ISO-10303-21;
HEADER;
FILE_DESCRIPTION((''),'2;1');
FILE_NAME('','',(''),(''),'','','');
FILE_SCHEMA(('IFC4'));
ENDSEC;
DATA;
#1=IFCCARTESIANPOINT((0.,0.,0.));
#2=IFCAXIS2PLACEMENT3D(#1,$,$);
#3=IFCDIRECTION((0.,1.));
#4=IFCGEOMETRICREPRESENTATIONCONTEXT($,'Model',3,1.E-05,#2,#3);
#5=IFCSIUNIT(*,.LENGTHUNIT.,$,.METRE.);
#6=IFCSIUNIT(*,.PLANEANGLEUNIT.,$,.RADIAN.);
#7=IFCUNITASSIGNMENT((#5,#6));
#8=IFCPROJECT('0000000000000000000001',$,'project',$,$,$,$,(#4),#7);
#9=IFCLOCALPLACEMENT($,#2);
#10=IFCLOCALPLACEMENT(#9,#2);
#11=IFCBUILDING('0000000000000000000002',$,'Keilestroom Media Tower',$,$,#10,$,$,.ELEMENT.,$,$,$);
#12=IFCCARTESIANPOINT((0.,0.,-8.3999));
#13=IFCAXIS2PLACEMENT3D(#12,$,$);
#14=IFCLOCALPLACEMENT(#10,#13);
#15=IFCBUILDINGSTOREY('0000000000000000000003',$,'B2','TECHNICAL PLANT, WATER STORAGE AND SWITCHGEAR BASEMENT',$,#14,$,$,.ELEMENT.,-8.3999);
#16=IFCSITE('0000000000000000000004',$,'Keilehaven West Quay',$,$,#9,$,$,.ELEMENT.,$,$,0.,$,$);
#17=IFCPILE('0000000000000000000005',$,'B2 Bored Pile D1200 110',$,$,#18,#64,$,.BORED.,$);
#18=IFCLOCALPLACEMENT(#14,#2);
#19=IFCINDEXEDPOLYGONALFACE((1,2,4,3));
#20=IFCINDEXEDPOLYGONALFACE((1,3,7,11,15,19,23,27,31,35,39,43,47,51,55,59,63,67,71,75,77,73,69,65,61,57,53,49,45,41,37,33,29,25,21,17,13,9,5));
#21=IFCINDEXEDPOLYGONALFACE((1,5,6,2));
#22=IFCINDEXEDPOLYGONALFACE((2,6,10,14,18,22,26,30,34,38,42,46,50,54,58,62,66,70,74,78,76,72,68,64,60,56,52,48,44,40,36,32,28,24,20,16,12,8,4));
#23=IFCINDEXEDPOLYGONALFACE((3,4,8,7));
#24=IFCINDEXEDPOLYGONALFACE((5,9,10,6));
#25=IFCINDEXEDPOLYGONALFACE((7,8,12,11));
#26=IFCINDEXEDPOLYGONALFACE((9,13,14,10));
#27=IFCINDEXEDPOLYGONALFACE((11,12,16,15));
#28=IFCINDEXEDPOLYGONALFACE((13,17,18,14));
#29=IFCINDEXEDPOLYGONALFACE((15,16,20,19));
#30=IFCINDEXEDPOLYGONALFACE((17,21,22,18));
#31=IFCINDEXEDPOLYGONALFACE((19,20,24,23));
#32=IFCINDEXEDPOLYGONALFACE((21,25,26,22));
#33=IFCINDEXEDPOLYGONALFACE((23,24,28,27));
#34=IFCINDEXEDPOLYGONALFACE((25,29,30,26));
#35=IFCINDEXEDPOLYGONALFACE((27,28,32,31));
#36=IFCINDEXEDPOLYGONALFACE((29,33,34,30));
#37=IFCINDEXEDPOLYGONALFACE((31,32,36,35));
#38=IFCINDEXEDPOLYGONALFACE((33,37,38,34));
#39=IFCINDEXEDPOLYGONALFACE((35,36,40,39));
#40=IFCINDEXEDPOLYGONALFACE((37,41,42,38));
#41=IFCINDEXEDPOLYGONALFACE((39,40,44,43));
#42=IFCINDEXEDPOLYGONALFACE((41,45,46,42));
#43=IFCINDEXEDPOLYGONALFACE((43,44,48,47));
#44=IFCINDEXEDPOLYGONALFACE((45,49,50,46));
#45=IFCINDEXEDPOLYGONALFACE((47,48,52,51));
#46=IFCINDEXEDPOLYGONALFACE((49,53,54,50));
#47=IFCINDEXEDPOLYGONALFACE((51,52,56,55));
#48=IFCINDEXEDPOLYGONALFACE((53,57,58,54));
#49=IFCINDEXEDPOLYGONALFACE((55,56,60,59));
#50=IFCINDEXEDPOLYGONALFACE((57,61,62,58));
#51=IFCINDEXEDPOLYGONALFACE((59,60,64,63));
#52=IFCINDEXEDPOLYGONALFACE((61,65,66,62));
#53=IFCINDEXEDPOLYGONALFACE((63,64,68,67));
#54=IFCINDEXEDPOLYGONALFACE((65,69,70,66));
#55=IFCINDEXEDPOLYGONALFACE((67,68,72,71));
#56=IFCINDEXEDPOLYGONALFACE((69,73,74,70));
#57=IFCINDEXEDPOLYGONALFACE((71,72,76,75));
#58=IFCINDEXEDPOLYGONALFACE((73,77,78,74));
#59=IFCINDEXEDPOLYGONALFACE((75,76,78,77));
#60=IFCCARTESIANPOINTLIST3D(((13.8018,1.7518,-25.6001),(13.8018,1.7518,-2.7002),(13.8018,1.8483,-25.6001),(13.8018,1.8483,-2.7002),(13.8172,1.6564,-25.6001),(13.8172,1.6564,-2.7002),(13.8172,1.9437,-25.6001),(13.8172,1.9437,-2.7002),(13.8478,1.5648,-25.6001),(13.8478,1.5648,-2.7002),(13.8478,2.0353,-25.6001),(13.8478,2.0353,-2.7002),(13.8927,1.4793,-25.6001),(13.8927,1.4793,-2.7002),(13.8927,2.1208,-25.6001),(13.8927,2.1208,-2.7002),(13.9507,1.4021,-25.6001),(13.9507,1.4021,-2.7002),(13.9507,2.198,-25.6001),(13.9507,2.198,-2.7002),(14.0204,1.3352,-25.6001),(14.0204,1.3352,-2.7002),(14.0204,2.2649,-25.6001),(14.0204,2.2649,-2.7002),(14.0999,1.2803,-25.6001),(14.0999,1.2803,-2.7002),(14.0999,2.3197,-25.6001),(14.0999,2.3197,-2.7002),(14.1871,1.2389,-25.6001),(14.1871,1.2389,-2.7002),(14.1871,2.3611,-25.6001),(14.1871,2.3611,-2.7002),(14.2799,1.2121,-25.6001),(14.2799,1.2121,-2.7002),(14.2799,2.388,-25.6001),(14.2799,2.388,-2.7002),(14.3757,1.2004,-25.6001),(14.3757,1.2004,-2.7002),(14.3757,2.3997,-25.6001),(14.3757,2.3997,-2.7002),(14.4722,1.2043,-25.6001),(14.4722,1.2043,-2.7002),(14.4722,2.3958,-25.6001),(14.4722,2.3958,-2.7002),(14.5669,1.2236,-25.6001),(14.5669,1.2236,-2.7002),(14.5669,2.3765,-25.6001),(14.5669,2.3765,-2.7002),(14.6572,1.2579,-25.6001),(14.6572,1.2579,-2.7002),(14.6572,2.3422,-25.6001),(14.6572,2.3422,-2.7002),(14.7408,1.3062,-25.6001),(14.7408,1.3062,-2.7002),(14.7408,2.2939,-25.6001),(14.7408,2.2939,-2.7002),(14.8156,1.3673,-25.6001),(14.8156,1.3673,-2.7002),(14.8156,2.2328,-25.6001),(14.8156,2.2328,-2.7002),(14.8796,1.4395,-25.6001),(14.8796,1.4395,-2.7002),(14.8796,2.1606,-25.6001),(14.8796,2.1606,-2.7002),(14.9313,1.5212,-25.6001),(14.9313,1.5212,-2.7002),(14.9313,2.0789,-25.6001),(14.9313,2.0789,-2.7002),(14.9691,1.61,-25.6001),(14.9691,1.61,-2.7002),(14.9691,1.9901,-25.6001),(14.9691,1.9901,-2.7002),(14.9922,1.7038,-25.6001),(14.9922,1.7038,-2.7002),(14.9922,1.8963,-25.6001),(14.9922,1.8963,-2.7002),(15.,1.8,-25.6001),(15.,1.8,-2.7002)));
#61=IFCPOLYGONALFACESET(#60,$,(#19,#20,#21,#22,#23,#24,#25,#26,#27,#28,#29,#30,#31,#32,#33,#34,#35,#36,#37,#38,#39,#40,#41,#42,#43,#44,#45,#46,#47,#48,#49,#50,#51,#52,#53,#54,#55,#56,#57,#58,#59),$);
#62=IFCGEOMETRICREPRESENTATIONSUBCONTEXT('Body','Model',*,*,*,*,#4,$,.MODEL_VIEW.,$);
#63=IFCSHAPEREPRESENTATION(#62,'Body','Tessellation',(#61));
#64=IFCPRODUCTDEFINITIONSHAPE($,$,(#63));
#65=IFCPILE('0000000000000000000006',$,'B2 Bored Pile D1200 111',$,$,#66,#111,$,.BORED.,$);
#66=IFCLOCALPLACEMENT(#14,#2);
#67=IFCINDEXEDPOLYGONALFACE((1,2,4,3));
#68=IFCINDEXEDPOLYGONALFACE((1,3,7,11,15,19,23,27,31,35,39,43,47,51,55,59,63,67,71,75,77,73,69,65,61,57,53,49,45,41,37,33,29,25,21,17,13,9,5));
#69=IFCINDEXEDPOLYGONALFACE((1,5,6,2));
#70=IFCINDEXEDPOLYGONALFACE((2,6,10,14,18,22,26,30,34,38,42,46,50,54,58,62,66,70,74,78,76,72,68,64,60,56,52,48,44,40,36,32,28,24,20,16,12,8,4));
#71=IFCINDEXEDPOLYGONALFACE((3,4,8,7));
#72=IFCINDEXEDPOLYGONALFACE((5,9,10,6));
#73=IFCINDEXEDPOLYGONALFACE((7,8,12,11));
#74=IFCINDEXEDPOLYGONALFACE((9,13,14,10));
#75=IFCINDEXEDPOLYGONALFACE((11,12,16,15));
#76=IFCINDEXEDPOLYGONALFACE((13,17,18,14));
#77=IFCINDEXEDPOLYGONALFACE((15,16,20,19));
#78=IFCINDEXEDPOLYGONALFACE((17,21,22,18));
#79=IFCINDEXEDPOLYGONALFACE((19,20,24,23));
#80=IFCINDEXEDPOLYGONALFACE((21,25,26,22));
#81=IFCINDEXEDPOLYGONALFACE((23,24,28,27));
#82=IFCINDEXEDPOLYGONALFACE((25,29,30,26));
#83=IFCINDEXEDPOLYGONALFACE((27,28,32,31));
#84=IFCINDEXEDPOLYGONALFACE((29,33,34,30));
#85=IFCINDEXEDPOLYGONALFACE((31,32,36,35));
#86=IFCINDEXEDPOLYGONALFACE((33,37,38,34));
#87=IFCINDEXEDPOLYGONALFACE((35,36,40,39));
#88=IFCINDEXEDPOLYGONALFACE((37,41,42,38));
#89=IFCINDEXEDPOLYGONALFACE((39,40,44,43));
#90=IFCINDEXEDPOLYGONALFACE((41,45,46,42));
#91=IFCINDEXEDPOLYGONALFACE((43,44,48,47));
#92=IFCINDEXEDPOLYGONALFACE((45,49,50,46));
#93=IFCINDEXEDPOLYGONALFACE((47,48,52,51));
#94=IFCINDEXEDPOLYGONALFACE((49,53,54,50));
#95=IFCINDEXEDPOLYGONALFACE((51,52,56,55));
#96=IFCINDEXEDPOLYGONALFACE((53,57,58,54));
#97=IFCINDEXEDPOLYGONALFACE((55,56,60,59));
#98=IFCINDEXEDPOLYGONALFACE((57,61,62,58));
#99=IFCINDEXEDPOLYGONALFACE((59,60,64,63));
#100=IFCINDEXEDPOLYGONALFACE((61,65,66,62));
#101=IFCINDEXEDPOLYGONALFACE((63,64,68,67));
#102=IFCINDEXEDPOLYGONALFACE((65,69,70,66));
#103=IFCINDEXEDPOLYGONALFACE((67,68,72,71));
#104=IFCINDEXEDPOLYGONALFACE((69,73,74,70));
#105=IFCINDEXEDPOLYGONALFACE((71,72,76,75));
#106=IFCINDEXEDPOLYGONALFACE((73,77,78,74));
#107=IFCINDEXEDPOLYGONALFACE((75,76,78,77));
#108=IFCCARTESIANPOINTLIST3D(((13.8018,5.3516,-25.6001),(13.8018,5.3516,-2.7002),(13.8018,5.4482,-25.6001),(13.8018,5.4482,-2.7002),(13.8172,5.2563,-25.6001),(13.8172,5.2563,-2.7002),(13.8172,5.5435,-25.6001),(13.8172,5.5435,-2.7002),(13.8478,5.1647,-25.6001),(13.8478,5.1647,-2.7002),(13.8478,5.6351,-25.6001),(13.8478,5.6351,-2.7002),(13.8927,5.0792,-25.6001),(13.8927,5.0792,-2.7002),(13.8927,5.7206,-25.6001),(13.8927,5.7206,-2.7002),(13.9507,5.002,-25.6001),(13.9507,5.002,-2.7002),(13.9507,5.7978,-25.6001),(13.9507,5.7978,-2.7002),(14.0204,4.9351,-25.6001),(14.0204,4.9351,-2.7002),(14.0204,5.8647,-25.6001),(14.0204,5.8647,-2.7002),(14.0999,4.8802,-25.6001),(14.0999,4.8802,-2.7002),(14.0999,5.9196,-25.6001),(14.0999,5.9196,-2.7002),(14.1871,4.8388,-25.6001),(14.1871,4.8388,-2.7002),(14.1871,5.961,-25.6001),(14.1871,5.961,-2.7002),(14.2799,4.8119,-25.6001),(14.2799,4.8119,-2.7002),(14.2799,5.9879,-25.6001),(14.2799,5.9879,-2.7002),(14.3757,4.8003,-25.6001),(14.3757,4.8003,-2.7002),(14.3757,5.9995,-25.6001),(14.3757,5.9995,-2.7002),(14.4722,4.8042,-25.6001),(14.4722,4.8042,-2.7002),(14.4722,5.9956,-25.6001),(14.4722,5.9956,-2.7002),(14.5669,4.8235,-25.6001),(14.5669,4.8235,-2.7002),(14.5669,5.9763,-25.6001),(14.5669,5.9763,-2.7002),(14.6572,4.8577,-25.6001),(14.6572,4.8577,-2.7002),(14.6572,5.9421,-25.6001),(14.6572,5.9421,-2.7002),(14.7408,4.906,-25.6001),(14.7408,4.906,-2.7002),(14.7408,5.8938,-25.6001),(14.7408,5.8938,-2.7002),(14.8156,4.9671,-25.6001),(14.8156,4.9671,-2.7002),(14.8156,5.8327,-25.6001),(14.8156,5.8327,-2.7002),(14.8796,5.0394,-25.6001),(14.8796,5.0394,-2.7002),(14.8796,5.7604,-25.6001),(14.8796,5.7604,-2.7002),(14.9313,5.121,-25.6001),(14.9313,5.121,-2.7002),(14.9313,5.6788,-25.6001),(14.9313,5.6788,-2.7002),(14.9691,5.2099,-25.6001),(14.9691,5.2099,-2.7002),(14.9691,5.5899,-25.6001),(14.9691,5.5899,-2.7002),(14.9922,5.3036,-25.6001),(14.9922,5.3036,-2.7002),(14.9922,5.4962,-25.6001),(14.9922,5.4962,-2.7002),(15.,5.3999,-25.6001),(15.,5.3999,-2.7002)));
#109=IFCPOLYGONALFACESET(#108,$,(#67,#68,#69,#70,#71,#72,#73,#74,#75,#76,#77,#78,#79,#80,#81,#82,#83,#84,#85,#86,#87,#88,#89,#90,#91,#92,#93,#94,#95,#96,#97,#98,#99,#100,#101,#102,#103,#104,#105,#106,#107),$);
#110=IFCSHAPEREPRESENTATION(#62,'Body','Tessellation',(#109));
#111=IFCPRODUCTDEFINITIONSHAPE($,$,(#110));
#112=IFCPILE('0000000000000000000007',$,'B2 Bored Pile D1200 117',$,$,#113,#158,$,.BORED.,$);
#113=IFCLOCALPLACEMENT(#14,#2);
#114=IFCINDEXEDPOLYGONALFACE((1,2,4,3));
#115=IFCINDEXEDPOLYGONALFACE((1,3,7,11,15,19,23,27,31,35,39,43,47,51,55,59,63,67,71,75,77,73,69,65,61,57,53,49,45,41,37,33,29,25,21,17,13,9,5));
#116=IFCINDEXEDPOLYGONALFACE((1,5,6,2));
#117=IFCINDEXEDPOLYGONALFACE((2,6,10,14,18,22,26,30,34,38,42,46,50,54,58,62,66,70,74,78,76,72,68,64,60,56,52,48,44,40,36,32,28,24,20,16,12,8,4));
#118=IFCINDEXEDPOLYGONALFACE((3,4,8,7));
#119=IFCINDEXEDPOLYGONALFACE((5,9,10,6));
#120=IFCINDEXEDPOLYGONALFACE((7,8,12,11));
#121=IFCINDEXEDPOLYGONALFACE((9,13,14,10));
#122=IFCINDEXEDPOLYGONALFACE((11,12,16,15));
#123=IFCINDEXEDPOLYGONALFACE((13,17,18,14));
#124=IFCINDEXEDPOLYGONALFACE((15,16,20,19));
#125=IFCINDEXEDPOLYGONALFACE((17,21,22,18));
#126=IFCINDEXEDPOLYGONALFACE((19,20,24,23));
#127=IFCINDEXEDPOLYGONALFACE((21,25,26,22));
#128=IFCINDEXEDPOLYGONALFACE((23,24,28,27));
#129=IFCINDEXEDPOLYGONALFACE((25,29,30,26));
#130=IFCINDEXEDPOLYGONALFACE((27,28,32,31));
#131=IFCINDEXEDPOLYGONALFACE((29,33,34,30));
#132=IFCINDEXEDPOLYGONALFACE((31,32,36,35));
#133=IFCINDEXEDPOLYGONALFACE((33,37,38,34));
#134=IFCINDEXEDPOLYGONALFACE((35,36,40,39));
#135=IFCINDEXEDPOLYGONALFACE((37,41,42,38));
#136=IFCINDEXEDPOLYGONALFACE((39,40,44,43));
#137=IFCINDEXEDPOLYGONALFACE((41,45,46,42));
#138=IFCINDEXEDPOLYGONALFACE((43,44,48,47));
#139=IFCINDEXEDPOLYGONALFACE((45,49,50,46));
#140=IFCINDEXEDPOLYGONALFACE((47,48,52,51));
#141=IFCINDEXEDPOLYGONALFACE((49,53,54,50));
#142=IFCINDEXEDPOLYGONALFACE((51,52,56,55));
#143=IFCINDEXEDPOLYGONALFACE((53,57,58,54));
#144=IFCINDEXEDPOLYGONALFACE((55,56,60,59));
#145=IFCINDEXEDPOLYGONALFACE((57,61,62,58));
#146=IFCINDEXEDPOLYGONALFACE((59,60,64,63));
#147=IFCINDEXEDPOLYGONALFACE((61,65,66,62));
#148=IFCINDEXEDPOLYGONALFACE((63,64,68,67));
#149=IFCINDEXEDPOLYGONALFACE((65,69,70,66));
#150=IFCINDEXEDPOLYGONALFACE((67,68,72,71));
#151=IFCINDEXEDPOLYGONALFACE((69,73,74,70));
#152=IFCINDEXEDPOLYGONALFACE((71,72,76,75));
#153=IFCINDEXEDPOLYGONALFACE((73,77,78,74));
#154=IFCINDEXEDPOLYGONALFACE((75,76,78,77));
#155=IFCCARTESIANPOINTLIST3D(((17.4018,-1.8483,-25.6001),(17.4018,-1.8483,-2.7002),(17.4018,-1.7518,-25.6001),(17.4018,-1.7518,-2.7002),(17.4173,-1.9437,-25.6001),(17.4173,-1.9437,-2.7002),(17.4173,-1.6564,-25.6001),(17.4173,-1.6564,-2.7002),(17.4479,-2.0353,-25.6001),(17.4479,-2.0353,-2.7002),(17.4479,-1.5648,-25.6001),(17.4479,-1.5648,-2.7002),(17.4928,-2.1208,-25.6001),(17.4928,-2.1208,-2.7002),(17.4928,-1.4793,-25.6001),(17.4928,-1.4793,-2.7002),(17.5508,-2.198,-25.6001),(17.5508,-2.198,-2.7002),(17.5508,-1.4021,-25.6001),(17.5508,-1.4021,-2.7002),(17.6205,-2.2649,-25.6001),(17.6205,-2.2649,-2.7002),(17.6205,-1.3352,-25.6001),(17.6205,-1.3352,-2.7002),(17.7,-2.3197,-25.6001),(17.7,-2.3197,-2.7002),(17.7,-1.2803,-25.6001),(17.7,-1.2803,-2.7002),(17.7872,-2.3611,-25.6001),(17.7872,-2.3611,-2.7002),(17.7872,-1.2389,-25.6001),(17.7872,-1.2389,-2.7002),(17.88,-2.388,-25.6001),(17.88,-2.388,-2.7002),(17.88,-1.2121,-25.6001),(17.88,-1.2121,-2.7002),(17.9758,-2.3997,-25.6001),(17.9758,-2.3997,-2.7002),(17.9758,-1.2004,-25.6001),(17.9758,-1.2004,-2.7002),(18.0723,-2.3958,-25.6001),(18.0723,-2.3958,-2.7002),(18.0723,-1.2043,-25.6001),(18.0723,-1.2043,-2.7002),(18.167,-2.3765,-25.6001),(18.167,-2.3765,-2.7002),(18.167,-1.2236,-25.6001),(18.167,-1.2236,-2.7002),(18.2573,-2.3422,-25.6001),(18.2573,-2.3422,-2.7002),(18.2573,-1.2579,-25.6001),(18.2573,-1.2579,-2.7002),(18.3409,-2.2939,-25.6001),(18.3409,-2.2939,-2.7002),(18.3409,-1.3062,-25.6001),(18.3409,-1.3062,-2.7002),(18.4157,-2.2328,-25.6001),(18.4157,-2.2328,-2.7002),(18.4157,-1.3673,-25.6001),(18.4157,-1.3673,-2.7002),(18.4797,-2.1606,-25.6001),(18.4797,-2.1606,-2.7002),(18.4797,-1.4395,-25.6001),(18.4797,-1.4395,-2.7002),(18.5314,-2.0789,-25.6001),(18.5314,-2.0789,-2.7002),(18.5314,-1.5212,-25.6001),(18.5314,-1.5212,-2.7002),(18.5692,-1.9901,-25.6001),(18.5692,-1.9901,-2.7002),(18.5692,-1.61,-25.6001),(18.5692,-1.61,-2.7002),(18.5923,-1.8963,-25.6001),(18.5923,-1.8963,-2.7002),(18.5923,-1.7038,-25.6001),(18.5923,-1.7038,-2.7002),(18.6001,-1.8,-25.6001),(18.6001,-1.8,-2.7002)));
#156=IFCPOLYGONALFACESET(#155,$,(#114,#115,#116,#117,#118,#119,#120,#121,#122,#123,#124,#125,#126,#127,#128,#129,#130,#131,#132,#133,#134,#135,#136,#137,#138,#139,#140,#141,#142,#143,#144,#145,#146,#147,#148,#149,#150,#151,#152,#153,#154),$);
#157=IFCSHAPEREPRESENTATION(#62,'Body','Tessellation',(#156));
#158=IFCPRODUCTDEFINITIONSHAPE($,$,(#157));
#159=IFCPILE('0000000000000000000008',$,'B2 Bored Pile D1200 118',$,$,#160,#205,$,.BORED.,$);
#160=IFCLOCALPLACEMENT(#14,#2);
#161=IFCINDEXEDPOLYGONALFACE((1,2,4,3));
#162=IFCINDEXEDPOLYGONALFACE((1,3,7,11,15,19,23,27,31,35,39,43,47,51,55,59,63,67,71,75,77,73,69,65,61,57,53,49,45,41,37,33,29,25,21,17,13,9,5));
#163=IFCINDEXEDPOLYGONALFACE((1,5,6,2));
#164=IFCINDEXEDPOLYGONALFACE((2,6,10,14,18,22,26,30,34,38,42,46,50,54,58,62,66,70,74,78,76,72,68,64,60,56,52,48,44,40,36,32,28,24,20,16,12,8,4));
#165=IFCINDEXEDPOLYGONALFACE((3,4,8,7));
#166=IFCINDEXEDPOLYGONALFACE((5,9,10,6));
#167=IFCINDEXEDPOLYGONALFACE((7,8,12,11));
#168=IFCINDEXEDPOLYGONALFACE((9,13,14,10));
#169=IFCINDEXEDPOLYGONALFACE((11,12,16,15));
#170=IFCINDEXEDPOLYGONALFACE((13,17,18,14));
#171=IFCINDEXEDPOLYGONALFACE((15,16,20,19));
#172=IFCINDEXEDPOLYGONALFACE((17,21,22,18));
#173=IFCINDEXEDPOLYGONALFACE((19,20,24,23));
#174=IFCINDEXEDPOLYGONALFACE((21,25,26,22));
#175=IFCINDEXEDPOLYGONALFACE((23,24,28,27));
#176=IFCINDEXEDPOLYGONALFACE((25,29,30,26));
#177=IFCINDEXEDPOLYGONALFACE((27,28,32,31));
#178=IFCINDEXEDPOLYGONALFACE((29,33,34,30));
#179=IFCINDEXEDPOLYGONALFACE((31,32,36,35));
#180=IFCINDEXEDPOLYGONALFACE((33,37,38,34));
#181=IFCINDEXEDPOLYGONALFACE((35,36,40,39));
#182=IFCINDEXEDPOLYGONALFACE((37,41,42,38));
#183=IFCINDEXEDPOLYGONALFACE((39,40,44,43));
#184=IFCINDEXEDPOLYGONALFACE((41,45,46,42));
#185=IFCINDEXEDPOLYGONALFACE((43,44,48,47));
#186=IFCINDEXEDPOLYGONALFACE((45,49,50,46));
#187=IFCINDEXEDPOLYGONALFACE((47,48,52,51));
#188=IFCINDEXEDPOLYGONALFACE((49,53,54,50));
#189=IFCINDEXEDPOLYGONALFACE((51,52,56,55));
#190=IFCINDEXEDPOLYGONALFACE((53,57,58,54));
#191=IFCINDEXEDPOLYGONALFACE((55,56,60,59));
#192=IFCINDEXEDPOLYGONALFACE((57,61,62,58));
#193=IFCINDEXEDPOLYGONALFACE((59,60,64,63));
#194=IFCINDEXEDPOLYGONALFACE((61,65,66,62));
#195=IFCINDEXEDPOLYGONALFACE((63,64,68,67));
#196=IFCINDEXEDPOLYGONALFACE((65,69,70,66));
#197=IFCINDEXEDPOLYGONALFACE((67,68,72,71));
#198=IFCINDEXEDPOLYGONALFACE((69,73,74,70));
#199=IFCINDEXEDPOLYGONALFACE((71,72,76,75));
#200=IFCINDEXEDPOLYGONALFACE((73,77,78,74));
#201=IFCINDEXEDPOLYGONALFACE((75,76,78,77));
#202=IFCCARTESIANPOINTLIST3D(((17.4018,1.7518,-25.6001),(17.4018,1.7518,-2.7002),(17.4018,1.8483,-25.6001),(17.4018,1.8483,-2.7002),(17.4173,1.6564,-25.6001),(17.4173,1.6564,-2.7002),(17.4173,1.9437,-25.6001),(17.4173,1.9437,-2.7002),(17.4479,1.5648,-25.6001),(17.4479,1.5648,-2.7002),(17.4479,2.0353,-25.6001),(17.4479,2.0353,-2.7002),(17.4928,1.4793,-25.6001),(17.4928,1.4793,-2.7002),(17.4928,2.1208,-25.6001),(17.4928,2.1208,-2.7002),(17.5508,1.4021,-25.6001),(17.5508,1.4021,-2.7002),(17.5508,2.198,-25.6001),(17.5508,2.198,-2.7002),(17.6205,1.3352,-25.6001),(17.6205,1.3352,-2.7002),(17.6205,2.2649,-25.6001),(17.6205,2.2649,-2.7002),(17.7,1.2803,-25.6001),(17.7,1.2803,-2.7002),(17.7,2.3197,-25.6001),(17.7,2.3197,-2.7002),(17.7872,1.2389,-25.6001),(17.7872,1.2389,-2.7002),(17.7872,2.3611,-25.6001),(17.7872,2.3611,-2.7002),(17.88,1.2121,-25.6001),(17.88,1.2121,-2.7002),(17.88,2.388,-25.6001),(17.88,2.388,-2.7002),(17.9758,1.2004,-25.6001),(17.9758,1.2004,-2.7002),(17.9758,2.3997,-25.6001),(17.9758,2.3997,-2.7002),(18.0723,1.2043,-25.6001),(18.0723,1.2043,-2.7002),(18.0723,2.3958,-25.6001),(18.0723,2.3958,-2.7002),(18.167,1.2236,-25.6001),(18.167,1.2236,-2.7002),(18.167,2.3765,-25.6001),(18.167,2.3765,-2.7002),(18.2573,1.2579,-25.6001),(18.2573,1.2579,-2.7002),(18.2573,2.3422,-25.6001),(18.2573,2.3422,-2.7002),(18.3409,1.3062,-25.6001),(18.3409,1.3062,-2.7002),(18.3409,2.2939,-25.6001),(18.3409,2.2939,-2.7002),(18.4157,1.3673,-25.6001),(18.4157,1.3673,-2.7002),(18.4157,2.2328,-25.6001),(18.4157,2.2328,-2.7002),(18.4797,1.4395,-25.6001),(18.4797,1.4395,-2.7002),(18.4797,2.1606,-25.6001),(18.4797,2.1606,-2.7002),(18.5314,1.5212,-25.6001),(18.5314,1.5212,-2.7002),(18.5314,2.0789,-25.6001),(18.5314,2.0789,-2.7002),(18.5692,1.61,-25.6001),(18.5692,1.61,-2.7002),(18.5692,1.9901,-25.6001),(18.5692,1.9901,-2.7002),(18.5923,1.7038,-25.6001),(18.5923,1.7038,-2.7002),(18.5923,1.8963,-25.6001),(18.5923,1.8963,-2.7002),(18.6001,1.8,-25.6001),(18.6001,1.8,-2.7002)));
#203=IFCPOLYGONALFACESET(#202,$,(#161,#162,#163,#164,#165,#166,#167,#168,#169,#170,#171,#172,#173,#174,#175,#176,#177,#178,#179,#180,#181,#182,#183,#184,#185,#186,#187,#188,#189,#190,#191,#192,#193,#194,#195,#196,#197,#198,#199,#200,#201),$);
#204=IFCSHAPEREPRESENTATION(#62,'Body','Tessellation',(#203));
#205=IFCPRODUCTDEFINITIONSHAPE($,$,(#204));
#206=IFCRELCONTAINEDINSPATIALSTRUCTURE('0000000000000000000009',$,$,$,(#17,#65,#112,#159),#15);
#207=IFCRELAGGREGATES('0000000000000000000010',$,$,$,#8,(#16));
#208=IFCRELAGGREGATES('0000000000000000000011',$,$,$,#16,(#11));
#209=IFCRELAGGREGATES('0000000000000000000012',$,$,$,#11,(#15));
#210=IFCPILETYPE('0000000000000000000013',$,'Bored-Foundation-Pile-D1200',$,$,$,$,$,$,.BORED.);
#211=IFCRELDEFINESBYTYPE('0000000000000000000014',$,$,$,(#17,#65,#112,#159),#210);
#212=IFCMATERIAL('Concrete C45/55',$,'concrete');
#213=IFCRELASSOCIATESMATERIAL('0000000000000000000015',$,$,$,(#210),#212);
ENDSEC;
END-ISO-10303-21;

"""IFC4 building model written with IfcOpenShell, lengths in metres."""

from ifc_helpers import new_model, si_unit, direction, frame, origin, origin_2d, place, context, subcontext, project, spatial, circle, extrude, source, transform, mapped, material, material_profile, profile_set, type_object, element, save


model = new_model("IFC4")

# Units and contexts
model_context = context("Model", 3, precision=1e-05, world=origin(), true_north=direction((0.0, 1.0)))
body_context = subcontext(model_context, "Body", "Model", "MODEL_VIEW")
ifc_project = project(units=[si_unit("LENGTHUNIT", "METRE"), si_unit("PLANEANGLEUNIT", "RADIAN")], contexts=[model_context])

# Site, building, storey
site_placement = place(None, origin())
site = spatial("IfcSite", under=ifc_project, at=site_placement, Name="Keilehaven West Quay", CompositionType="ELEMENT", RefElevation=0.0)
building_placement = place(site_placement, origin())
building = spatial("IfcBuilding", under=site, at=building_placement, Name="Keilestroom Media Tower", CompositionType="ELEMENT")
storey_placement = place(building_placement, frame((0.0, 0.0, -8.3999)))
storey = spatial("IfcBuildingStorey", under=building, at=storey_placement, Name="B2", Description="TECHNICAL PLANT, WATER STORAGE AND SWITCHGEAR BASEMENT", CompositionType="ELEMENT", Elevation=-8.3999)

# Piles
ifc_material_1 = material(Name="Concrete C45/55", Category="concrete")
ifc_material_profile_1 = material_profile(ifc_material_1, circle(Radius=0.6001, at=origin_2d()), Name="BORED PILE D1200")
ifc_profile_set_1 = profile_set([ifc_material_profile_1], Name="Concrete C45/55")
pile_type = type_object("IfcPileType", Name="Bored-Foundation-Pile-D1200", PredefinedType="BORED", material=ifc_profile_set_1)
shared_shape_1 = source(origin(), body_context, "Body", "SweptSolid", [
    extrude(circle(Radius=0.6001, at=origin_2d()), origin(), (0.0, 0.0, 1.0), 22.8999),
])
for number, where, z_axis, x_axis, name in (
    (1, (14.3999, 1.8, -2.7002), (0.0, 0.0, -1.0), (1.0, 0.0, 0.0), "B2 Bored Pile D1200 110"),
    (2, (14.3999, 5.3999, -2.7002), (0.0, 0.0, -1.0), (1.0, 0.0, 0.0), "B2 Bored Pile D1200 111"),
    (3, (18.0, -1.8, -2.7002), (0.0, 0.0, -1.0), (1.0, 0.0, 0.0), "B2 Bored Pile D1200 117"),
    (4, (18.0, 1.8, -2.7002), (0.0, 0.0, -1.0), (1.0, 0.0, 0.0), "B2 Bored Pile D1200 118"),
):
    element("IfcPile", number, at=place(storey_placement, frame(where, z_axis=z_axis, x_axis=x_axis)), inside=storey, type_object=pile_type, Name=name, PredefinedType="BORED", context=body_context, shape_type="MappedRepresentation", body=[
        mapped(shared_shape_1, transform((0.0, 0.0, 0.0), x_axis=(1.0, 0.0, 0.0), y_axis=(0.0, 1.0, 0.0), z_axis=(0.0, 0.0, 1.0), scale=1.0)),
    ])

save(model, "model.ifc")
